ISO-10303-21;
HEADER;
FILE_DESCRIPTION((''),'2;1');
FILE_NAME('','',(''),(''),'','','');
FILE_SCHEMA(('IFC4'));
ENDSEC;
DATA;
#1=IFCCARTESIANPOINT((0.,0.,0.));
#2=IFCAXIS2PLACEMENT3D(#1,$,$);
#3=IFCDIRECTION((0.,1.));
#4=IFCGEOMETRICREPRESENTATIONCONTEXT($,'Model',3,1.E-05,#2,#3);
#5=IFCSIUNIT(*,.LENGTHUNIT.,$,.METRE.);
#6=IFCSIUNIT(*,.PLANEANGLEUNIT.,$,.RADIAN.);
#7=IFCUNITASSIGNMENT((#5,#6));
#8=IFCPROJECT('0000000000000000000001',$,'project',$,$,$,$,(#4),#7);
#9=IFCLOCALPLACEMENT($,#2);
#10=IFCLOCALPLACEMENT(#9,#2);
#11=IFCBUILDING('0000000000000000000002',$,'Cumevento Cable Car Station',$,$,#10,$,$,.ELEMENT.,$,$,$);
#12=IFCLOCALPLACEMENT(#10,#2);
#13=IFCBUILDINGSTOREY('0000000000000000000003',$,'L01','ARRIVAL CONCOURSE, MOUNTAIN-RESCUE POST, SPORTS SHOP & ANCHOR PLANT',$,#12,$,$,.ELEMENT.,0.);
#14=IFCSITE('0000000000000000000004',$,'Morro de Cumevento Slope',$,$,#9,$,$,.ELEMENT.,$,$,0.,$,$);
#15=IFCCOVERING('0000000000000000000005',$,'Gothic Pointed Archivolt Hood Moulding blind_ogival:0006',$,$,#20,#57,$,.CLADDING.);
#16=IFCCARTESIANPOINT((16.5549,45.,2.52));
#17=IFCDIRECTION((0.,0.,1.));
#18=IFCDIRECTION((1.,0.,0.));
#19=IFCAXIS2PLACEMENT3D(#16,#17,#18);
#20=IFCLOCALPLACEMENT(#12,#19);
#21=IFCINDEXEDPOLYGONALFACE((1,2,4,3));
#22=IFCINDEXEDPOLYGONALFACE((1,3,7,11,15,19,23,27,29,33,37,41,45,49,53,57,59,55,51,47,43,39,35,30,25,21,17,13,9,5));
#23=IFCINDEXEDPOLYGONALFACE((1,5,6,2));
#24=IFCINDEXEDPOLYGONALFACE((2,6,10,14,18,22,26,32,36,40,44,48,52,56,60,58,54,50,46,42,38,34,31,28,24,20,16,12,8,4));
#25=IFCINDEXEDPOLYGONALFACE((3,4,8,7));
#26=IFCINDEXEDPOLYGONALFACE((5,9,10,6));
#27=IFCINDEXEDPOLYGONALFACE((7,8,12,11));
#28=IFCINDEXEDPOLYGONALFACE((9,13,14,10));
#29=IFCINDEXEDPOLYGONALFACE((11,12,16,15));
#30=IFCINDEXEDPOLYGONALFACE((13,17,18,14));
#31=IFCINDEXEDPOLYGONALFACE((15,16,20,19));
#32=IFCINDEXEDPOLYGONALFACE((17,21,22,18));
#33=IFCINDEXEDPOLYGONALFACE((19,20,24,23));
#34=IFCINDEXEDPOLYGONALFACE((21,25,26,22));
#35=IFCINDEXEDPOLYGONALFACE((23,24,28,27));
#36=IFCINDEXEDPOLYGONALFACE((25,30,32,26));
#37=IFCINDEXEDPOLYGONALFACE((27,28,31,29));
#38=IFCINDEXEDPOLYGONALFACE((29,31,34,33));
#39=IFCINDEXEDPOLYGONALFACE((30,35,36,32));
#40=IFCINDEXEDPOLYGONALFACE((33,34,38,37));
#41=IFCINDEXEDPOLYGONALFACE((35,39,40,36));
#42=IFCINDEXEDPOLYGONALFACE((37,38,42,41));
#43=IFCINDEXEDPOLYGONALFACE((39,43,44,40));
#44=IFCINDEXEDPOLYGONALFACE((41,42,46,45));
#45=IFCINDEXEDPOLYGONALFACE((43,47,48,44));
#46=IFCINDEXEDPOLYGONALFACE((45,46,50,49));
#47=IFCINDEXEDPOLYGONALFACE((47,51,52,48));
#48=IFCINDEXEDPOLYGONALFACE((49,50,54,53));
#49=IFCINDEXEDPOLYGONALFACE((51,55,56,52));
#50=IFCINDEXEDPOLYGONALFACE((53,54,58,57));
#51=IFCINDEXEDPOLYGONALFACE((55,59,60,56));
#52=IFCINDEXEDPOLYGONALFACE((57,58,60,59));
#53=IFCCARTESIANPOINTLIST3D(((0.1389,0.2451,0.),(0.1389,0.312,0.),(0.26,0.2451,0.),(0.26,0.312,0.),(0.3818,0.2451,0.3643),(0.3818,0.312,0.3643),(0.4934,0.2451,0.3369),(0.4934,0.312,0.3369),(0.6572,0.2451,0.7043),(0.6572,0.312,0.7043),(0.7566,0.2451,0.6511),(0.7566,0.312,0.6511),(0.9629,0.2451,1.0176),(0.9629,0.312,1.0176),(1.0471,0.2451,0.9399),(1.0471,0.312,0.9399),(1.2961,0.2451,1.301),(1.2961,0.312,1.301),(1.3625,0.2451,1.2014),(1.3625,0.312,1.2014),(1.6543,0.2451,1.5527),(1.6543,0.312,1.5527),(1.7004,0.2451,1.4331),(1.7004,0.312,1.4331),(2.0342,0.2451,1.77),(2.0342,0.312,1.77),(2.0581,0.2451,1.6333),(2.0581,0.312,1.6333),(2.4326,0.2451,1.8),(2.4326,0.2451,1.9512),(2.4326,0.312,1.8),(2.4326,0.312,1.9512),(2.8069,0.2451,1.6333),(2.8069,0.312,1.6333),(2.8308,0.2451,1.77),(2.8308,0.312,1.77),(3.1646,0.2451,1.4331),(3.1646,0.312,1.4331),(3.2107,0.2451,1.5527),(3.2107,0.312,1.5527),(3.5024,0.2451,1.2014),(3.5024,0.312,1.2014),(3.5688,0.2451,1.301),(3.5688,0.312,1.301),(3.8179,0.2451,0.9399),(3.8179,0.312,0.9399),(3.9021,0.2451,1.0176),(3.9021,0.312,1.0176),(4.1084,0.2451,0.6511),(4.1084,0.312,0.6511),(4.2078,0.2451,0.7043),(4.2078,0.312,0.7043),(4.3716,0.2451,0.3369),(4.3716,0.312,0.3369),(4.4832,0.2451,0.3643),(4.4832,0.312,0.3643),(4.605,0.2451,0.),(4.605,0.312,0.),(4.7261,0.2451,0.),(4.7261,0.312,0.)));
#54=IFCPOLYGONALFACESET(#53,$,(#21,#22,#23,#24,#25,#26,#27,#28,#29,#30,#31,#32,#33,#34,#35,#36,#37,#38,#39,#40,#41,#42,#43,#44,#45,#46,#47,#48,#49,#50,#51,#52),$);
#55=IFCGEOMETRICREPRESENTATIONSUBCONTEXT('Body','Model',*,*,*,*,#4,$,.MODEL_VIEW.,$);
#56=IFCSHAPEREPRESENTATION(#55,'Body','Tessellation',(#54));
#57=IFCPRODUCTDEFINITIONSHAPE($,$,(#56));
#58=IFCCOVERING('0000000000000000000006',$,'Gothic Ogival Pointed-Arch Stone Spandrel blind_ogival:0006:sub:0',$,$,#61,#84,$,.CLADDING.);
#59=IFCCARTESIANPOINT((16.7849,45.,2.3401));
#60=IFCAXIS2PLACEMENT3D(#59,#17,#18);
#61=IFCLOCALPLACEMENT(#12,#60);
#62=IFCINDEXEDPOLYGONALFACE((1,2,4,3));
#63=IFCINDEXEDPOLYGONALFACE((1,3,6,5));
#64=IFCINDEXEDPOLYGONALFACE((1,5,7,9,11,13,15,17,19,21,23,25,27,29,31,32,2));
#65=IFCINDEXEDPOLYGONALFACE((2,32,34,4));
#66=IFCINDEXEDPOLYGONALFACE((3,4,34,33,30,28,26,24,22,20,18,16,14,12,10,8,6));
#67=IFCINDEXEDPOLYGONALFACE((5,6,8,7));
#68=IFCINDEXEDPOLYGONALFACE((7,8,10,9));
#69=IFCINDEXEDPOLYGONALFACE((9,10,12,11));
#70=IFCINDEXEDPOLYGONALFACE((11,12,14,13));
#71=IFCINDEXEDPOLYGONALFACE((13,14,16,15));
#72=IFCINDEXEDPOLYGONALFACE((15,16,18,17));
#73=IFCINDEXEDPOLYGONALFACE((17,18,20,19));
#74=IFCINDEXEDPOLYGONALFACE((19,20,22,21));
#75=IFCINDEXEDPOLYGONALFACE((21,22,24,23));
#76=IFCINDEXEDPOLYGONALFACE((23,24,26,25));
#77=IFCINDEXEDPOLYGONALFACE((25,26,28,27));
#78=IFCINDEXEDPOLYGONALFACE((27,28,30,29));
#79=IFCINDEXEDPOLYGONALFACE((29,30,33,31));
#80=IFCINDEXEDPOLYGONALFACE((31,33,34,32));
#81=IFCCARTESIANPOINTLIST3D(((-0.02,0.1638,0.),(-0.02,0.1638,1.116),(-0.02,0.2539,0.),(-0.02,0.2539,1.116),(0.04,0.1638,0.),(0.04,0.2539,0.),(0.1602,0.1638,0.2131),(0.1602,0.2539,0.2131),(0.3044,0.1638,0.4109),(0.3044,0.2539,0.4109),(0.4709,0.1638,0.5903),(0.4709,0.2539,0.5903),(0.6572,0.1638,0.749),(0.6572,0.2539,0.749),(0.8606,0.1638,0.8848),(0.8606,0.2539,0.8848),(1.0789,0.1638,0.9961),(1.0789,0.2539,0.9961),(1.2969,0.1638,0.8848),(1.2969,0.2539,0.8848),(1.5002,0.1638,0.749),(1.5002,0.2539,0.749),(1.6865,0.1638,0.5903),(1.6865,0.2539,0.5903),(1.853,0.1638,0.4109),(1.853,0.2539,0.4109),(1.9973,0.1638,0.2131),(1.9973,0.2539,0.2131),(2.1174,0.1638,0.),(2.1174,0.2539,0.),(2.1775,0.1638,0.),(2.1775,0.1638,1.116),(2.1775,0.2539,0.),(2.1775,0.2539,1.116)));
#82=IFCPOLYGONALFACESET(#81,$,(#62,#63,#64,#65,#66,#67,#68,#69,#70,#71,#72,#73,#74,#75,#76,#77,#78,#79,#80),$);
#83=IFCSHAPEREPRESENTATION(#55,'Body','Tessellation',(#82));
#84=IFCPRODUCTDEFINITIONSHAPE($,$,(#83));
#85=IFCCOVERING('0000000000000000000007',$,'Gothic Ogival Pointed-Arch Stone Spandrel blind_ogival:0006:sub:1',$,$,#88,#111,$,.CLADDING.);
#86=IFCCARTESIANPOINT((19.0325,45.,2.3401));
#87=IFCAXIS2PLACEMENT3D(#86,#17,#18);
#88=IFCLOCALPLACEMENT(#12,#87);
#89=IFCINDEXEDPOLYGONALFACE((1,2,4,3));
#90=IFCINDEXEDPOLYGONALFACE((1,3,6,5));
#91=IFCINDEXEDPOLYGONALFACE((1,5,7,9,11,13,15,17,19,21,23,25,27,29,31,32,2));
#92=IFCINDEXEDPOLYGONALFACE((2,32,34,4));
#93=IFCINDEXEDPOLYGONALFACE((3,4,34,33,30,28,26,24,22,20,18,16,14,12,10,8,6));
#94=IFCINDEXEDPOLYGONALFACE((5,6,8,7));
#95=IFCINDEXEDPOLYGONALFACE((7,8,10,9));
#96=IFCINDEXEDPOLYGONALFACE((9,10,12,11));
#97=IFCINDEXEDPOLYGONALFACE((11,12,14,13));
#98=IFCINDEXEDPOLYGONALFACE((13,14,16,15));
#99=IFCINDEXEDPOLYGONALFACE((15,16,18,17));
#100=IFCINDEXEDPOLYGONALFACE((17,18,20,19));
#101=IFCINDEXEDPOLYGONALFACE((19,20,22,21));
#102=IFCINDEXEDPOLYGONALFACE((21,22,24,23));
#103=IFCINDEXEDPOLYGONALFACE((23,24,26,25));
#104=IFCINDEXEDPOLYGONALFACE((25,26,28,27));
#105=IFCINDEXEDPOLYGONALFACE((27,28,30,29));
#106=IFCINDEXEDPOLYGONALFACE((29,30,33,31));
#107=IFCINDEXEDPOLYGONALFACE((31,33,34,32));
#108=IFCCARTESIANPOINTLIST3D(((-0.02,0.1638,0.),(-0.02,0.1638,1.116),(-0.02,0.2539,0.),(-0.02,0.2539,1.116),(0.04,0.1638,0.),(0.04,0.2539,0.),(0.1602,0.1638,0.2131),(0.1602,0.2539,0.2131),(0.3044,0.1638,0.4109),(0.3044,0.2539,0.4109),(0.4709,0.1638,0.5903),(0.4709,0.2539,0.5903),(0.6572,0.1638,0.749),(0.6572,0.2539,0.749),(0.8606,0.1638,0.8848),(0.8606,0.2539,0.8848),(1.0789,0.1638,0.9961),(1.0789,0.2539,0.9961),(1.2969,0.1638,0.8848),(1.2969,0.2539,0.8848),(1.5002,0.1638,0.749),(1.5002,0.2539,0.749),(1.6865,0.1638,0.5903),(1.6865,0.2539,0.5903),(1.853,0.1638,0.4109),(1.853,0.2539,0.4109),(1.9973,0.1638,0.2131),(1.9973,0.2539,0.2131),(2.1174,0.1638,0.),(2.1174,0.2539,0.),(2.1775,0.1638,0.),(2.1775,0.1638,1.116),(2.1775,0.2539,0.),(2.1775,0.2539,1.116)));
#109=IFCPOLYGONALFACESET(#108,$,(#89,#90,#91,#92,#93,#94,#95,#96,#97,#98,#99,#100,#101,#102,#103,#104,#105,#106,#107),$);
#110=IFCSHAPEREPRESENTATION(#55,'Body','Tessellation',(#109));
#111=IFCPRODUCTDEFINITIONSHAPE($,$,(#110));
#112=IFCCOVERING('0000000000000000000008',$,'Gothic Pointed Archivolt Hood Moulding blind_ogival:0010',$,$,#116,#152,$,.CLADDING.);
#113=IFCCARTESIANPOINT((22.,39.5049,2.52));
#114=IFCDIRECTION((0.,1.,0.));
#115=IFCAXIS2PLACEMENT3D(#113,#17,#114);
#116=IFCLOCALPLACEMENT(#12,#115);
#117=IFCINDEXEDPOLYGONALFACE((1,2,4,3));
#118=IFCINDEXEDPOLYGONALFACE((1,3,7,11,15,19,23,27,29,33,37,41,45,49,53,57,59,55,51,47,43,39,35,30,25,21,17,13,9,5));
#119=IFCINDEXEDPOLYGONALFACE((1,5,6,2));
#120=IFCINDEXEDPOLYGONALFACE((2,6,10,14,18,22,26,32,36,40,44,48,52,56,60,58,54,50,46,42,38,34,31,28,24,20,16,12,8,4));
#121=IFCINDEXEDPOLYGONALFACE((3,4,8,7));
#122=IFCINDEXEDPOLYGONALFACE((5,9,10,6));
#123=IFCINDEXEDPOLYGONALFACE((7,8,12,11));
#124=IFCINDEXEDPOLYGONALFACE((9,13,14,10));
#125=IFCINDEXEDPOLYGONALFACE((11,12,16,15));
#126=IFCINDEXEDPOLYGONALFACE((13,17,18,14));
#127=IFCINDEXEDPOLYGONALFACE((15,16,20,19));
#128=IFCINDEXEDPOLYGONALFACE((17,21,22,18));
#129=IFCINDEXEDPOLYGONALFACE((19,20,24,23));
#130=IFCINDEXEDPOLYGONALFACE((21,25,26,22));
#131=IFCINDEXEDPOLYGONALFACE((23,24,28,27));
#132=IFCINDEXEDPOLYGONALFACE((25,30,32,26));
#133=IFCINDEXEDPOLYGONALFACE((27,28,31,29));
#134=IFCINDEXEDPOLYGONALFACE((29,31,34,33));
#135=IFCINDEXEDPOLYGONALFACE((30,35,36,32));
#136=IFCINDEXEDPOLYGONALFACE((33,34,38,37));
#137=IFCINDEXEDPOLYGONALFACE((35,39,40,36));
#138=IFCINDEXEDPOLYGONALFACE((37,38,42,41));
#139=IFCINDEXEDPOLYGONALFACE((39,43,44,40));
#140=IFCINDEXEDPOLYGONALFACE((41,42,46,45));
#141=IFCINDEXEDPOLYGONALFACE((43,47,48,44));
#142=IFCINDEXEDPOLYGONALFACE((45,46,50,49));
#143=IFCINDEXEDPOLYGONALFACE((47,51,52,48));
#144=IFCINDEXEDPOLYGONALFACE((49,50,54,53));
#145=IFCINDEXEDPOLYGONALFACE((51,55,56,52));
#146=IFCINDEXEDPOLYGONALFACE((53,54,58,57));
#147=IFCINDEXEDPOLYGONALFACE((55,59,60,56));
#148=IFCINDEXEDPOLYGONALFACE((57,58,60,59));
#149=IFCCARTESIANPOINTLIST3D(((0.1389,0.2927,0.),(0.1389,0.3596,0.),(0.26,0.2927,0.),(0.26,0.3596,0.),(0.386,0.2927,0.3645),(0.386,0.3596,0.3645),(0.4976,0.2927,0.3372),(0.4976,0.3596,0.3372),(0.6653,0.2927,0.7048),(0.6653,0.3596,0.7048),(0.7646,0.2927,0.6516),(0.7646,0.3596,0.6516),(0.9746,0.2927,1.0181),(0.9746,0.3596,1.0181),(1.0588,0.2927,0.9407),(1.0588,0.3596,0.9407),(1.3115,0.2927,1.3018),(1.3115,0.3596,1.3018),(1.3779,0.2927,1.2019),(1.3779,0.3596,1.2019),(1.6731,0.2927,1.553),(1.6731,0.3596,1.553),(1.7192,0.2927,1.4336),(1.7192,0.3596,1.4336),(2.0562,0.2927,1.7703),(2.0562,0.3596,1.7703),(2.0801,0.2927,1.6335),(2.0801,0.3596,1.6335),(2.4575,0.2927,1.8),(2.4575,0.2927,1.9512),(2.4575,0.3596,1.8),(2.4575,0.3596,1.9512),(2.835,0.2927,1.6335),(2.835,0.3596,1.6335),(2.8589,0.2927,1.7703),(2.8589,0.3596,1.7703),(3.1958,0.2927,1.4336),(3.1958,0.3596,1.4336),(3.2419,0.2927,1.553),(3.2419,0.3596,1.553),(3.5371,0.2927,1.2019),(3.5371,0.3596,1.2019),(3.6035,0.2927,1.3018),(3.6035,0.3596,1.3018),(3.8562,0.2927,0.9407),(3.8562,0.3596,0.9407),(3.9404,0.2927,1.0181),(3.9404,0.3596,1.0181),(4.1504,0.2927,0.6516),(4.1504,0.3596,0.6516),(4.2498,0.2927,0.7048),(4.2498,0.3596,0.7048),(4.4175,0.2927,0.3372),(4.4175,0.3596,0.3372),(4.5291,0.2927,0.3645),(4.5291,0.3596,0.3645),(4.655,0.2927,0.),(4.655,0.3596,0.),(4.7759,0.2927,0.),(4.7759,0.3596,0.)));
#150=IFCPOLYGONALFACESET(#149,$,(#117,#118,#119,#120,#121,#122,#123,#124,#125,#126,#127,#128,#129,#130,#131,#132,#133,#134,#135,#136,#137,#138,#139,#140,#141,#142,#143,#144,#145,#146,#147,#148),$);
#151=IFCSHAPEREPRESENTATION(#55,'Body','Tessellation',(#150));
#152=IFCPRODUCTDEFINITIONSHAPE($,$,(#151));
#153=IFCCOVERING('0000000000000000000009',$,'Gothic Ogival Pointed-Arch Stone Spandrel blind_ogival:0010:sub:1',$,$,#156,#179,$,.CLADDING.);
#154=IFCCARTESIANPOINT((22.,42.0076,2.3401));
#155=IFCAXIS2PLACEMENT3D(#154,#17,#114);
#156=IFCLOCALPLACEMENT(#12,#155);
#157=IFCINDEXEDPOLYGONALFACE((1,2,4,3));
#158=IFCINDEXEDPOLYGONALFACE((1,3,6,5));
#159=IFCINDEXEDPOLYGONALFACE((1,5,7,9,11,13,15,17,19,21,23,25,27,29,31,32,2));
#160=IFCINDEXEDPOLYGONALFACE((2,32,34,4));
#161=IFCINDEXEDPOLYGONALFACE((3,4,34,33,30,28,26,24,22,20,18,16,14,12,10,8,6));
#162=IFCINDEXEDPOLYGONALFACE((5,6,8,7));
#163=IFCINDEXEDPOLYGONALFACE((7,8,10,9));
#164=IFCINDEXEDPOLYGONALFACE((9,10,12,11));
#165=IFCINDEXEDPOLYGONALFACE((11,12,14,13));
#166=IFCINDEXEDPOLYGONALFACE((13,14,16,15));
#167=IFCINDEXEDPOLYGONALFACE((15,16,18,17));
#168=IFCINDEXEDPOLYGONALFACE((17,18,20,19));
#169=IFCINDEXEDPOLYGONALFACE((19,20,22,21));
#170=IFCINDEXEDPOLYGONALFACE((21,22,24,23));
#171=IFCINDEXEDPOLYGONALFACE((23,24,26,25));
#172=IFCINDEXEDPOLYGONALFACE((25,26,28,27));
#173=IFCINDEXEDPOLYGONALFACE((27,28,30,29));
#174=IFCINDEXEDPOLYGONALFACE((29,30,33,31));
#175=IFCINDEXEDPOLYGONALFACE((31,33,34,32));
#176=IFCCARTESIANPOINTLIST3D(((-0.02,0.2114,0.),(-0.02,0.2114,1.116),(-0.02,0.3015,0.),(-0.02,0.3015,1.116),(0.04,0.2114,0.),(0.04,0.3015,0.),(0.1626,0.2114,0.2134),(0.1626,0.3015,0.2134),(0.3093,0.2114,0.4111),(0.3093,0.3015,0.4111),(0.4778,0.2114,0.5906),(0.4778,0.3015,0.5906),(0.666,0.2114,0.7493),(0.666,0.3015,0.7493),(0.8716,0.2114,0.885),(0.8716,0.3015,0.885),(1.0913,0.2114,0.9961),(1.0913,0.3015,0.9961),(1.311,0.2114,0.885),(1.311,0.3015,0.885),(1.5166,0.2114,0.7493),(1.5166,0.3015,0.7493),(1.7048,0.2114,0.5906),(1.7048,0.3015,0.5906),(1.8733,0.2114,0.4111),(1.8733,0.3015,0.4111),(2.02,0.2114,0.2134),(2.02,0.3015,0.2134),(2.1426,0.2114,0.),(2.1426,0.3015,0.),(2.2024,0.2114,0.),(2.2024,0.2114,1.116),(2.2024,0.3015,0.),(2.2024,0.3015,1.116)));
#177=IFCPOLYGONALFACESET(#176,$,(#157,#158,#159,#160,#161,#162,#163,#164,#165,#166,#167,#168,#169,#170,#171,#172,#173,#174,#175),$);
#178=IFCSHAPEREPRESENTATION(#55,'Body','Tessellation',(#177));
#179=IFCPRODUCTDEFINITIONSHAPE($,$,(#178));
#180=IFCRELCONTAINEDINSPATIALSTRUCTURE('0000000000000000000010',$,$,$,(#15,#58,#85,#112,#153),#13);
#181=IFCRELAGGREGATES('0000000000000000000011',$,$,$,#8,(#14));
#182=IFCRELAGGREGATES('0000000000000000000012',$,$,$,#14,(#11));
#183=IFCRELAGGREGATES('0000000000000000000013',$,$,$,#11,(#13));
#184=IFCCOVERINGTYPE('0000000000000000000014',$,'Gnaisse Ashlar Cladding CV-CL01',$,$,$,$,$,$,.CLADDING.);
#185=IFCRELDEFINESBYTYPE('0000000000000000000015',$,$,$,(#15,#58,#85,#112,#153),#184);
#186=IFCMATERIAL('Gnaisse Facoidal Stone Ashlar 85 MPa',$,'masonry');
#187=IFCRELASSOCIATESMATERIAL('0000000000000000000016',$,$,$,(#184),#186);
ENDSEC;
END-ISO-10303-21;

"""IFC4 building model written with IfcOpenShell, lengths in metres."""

from ifc_helpers import new_model, si_unit, direction, frame, origin, place, context, subcontext, project, spatial, polyline, outline, extrude, material, type_object, element, save


model = new_model("IFC4")

# Units and contexts
model_context = context("Model", 3, precision=1e-05, world=origin(), true_north=direction((0.0, 1.0)))
body_context = subcontext(model_context, "Body", "Model", "MODEL_VIEW")
ifc_project = project(units=[si_unit("LENGTHUNIT", "METRE"), si_unit("PLANEANGLEUNIT", "RADIAN")], contexts=[model_context])

# Site, building, storey
site_placement = place(None, origin())
site = spatial("IfcSite", under=ifc_project, at=site_placement, Name="Morro de Cumevento Slope", CompositionType="ELEMENT", RefElevation=0.0)
building_placement = place(site_placement, origin())
building = spatial("IfcBuilding", under=site, at=building_placement, Name="Cumevento Cable Car Station", CompositionType="ELEMENT")
storey_placement = place(building_placement, origin())
storey = spatial("IfcBuildingStorey", under=building, at=storey_placement, Name="L01", Description="ARRIVAL CONCOURSE, MOUNTAIN-RESCUE POST, SPORTS SHOP & ANCHOR PLANT", CompositionType="ELEMENT", Elevation=0.0)

# Coverings
ifc_material_1 = material(Name="Gnaisse Facoidal Stone Ashlar 85 MPa", Category="masonry")
covering_type = type_object("IfcCoveringType", Name="Gnaisse Ashlar Cladding CV-CL01", PredefinedType="CLADDING", material=ifc_material_1)
covering_1_placement = place(storey_placement, frame((16.5549, 45.0, 2.52), z_axis=(0.0, 0.0, 1.0), x_axis=(1.0, 0.0, 0.0)))
element("IfcCovering", 1, at=covering_1_placement, inside=storey, type_object=covering_type, Name="Gothic Pointed Archivolt Hood Moulding blind_ogival:0006", PredefinedType="CLADDING", context=body_context, shape_type="SweptSolid", body=[
    extrude(outline(polyline([(0.26, 0.0), (0.4934, 0.3369), (0.7566, 0.6511), (1.0471, 0.9399), (1.3625, 1.2014), (1.7004, 1.4331), (2.0581, 1.6333), (2.4326, 1.8), (2.8069, 1.6333), (3.1646, 1.4331), (3.5024, 1.2014), (3.8179, 0.9399), (4.1084, 0.6511), (4.3716, 0.3369), (4.605, 0.0), (4.7261, 0.0), (4.4832, 0.3643), (4.2078, 0.7043), (3.9021, 1.0176), (3.5688, 1.301), (3.2107, 1.5527), (2.8308, 1.77), (2.4326, 1.9512), (2.0342, 1.77), (1.6543, 1.5527), (1.2961, 1.301), (0.9629, 1.0176), (0.6572, 0.7043), (0.3818, 0.3643), (0.1389, 0.0), (0.26, 0.0)])), frame((0.0, 0.312, 0.0), z_axis=(0.0, -1.0, 0.0), x_axis=(1.0, 0.0, 0.0)), (0.0, 0.0, 1.0), 0.0669),
])
for number, where, z_axis, x_axis, name in (
    (2, (16.7849, 45.0, 2.3401), (0.0, 0.0, 1.0), (1.0, 0.0, 0.0), "Gothic Ogival Pointed-Arch Stone Spandrel blind_ogival:0006:sub:0"),
    (3, (19.0325, 45.0, 2.3401), (0.0, 0.0, 1.0), (1.0, 0.0, 0.0), "Gothic Ogival Pointed-Arch Stone Spandrel blind_ogival:0006:sub:1"),
):
    element("IfcCovering", number, at=place(storey_placement, frame(where, z_axis=z_axis, x_axis=x_axis)), inside=storey, type_object=covering_type, Name=name, PredefinedType="CLADDING", context=body_context, shape_type="SweptSolid", body=[
        extrude(outline(polyline([(-0.02, 0.0), (-0.02, 1.116), (2.1775, 1.116), (2.1775, 0.0), (2.1174, 0.0), (1.9973, 0.2131), (1.853, 0.4109), (1.6865, 0.5903), (1.5002, 0.749), (1.2969, 0.8848), (1.0789, 0.9961), (0.8606, 0.8848), (0.6572, 0.749), (0.4709, 0.5903), (0.3044, 0.4109), (0.1602, 0.2131), (0.04, 0.0), (-0.02, 0.0)])), frame((0.0, 0.2539, 0.0), z_axis=(0.0, -1.0, 0.0), x_axis=(1.0, 0.0, 0.0)), (0.0, 0.0, 1.0), 0.0901),
    ])
covering_2_placement = place(storey_placement, frame((22.0, 39.5049, 2.52), z_axis=(0.0, 0.0, 1.0), x_axis=(0.0, 1.0, 0.0)))
element("IfcCovering", 4, at=covering_2_placement, inside=storey, type_object=covering_type, Name="Gothic Pointed Archivolt Hood Moulding blind_ogival:0010", PredefinedType="CLADDING", context=body_context, shape_type="SweptSolid", body=[
    extrude(outline(polyline([(0.26, 0.0), (0.4976, 0.3372), (0.7646, 0.6516), (1.0588, 0.9407), (1.3779, 1.2019), (1.7192, 1.4336), (2.0801, 1.6335), (2.4575, 1.8), (2.835, 1.6335), (3.1958, 1.4336), (3.5371, 1.2019), (3.8562, 0.9407), (4.1504, 0.6516), (4.4175, 0.3372), (4.655, 0.0), (4.7759, 0.0), (4.5291, 0.3645), (4.2498, 0.7048), (3.9404, 1.0181), (3.6035, 1.3018), (3.2419, 1.553), (2.8589, 1.7703), (2.4575, 1.9512), (2.0562, 1.7703), (1.6731, 1.553), (1.3115, 1.3018), (0.9746, 1.0181), (0.6653, 0.7048), (0.386, 0.3645), (0.1389, 0.0), (0.26, 0.0)])), frame((0.0, 0.3596, 0.0), z_axis=(0.0, -1.0, 0.0), x_axis=(1.0, 0.0, 0.0)), (0.0, 0.0, 1.0), 0.0669),
])
covering_3_placement = place(storey_placement, frame((22.0, 42.0076, 2.3401), z_axis=(0.0, 0.0, 1.0), x_axis=(0.0, 1.0, 0.0)))
element("IfcCovering", 5, at=covering_3_placement, inside=storey, type_object=covering_type, Name="Gothic Ogival Pointed-Arch Stone Spandrel blind_ogival:0010:sub:1", PredefinedType="CLADDING", context=body_context, shape_type="SweptSolid", body=[
    extrude(outline(polyline([(-0.02, 0.0), (-0.02, 1.116), (2.2024, 1.116), (2.2024, 0.0), (2.1426, 0.0), (2.02, 0.2134), (1.8733, 0.4111), (1.7048, 0.5906), (1.5166, 0.7493), (1.311, 0.885), (1.0913, 0.9961), (0.8716, 0.885), (0.666, 0.7493), (0.4778, 0.5906), (0.3093, 0.4111), (0.1626, 0.2134), (0.04, 0.0), (-0.02, 0.0)])), frame((0.0, 0.3015, 0.0), z_axis=(0.0, -1.0, 0.0), x_axis=(1.0, 0.0, 0.0)), (0.0, 0.0, 1.0), 0.0901),
])

save(model, "model.ifc")
